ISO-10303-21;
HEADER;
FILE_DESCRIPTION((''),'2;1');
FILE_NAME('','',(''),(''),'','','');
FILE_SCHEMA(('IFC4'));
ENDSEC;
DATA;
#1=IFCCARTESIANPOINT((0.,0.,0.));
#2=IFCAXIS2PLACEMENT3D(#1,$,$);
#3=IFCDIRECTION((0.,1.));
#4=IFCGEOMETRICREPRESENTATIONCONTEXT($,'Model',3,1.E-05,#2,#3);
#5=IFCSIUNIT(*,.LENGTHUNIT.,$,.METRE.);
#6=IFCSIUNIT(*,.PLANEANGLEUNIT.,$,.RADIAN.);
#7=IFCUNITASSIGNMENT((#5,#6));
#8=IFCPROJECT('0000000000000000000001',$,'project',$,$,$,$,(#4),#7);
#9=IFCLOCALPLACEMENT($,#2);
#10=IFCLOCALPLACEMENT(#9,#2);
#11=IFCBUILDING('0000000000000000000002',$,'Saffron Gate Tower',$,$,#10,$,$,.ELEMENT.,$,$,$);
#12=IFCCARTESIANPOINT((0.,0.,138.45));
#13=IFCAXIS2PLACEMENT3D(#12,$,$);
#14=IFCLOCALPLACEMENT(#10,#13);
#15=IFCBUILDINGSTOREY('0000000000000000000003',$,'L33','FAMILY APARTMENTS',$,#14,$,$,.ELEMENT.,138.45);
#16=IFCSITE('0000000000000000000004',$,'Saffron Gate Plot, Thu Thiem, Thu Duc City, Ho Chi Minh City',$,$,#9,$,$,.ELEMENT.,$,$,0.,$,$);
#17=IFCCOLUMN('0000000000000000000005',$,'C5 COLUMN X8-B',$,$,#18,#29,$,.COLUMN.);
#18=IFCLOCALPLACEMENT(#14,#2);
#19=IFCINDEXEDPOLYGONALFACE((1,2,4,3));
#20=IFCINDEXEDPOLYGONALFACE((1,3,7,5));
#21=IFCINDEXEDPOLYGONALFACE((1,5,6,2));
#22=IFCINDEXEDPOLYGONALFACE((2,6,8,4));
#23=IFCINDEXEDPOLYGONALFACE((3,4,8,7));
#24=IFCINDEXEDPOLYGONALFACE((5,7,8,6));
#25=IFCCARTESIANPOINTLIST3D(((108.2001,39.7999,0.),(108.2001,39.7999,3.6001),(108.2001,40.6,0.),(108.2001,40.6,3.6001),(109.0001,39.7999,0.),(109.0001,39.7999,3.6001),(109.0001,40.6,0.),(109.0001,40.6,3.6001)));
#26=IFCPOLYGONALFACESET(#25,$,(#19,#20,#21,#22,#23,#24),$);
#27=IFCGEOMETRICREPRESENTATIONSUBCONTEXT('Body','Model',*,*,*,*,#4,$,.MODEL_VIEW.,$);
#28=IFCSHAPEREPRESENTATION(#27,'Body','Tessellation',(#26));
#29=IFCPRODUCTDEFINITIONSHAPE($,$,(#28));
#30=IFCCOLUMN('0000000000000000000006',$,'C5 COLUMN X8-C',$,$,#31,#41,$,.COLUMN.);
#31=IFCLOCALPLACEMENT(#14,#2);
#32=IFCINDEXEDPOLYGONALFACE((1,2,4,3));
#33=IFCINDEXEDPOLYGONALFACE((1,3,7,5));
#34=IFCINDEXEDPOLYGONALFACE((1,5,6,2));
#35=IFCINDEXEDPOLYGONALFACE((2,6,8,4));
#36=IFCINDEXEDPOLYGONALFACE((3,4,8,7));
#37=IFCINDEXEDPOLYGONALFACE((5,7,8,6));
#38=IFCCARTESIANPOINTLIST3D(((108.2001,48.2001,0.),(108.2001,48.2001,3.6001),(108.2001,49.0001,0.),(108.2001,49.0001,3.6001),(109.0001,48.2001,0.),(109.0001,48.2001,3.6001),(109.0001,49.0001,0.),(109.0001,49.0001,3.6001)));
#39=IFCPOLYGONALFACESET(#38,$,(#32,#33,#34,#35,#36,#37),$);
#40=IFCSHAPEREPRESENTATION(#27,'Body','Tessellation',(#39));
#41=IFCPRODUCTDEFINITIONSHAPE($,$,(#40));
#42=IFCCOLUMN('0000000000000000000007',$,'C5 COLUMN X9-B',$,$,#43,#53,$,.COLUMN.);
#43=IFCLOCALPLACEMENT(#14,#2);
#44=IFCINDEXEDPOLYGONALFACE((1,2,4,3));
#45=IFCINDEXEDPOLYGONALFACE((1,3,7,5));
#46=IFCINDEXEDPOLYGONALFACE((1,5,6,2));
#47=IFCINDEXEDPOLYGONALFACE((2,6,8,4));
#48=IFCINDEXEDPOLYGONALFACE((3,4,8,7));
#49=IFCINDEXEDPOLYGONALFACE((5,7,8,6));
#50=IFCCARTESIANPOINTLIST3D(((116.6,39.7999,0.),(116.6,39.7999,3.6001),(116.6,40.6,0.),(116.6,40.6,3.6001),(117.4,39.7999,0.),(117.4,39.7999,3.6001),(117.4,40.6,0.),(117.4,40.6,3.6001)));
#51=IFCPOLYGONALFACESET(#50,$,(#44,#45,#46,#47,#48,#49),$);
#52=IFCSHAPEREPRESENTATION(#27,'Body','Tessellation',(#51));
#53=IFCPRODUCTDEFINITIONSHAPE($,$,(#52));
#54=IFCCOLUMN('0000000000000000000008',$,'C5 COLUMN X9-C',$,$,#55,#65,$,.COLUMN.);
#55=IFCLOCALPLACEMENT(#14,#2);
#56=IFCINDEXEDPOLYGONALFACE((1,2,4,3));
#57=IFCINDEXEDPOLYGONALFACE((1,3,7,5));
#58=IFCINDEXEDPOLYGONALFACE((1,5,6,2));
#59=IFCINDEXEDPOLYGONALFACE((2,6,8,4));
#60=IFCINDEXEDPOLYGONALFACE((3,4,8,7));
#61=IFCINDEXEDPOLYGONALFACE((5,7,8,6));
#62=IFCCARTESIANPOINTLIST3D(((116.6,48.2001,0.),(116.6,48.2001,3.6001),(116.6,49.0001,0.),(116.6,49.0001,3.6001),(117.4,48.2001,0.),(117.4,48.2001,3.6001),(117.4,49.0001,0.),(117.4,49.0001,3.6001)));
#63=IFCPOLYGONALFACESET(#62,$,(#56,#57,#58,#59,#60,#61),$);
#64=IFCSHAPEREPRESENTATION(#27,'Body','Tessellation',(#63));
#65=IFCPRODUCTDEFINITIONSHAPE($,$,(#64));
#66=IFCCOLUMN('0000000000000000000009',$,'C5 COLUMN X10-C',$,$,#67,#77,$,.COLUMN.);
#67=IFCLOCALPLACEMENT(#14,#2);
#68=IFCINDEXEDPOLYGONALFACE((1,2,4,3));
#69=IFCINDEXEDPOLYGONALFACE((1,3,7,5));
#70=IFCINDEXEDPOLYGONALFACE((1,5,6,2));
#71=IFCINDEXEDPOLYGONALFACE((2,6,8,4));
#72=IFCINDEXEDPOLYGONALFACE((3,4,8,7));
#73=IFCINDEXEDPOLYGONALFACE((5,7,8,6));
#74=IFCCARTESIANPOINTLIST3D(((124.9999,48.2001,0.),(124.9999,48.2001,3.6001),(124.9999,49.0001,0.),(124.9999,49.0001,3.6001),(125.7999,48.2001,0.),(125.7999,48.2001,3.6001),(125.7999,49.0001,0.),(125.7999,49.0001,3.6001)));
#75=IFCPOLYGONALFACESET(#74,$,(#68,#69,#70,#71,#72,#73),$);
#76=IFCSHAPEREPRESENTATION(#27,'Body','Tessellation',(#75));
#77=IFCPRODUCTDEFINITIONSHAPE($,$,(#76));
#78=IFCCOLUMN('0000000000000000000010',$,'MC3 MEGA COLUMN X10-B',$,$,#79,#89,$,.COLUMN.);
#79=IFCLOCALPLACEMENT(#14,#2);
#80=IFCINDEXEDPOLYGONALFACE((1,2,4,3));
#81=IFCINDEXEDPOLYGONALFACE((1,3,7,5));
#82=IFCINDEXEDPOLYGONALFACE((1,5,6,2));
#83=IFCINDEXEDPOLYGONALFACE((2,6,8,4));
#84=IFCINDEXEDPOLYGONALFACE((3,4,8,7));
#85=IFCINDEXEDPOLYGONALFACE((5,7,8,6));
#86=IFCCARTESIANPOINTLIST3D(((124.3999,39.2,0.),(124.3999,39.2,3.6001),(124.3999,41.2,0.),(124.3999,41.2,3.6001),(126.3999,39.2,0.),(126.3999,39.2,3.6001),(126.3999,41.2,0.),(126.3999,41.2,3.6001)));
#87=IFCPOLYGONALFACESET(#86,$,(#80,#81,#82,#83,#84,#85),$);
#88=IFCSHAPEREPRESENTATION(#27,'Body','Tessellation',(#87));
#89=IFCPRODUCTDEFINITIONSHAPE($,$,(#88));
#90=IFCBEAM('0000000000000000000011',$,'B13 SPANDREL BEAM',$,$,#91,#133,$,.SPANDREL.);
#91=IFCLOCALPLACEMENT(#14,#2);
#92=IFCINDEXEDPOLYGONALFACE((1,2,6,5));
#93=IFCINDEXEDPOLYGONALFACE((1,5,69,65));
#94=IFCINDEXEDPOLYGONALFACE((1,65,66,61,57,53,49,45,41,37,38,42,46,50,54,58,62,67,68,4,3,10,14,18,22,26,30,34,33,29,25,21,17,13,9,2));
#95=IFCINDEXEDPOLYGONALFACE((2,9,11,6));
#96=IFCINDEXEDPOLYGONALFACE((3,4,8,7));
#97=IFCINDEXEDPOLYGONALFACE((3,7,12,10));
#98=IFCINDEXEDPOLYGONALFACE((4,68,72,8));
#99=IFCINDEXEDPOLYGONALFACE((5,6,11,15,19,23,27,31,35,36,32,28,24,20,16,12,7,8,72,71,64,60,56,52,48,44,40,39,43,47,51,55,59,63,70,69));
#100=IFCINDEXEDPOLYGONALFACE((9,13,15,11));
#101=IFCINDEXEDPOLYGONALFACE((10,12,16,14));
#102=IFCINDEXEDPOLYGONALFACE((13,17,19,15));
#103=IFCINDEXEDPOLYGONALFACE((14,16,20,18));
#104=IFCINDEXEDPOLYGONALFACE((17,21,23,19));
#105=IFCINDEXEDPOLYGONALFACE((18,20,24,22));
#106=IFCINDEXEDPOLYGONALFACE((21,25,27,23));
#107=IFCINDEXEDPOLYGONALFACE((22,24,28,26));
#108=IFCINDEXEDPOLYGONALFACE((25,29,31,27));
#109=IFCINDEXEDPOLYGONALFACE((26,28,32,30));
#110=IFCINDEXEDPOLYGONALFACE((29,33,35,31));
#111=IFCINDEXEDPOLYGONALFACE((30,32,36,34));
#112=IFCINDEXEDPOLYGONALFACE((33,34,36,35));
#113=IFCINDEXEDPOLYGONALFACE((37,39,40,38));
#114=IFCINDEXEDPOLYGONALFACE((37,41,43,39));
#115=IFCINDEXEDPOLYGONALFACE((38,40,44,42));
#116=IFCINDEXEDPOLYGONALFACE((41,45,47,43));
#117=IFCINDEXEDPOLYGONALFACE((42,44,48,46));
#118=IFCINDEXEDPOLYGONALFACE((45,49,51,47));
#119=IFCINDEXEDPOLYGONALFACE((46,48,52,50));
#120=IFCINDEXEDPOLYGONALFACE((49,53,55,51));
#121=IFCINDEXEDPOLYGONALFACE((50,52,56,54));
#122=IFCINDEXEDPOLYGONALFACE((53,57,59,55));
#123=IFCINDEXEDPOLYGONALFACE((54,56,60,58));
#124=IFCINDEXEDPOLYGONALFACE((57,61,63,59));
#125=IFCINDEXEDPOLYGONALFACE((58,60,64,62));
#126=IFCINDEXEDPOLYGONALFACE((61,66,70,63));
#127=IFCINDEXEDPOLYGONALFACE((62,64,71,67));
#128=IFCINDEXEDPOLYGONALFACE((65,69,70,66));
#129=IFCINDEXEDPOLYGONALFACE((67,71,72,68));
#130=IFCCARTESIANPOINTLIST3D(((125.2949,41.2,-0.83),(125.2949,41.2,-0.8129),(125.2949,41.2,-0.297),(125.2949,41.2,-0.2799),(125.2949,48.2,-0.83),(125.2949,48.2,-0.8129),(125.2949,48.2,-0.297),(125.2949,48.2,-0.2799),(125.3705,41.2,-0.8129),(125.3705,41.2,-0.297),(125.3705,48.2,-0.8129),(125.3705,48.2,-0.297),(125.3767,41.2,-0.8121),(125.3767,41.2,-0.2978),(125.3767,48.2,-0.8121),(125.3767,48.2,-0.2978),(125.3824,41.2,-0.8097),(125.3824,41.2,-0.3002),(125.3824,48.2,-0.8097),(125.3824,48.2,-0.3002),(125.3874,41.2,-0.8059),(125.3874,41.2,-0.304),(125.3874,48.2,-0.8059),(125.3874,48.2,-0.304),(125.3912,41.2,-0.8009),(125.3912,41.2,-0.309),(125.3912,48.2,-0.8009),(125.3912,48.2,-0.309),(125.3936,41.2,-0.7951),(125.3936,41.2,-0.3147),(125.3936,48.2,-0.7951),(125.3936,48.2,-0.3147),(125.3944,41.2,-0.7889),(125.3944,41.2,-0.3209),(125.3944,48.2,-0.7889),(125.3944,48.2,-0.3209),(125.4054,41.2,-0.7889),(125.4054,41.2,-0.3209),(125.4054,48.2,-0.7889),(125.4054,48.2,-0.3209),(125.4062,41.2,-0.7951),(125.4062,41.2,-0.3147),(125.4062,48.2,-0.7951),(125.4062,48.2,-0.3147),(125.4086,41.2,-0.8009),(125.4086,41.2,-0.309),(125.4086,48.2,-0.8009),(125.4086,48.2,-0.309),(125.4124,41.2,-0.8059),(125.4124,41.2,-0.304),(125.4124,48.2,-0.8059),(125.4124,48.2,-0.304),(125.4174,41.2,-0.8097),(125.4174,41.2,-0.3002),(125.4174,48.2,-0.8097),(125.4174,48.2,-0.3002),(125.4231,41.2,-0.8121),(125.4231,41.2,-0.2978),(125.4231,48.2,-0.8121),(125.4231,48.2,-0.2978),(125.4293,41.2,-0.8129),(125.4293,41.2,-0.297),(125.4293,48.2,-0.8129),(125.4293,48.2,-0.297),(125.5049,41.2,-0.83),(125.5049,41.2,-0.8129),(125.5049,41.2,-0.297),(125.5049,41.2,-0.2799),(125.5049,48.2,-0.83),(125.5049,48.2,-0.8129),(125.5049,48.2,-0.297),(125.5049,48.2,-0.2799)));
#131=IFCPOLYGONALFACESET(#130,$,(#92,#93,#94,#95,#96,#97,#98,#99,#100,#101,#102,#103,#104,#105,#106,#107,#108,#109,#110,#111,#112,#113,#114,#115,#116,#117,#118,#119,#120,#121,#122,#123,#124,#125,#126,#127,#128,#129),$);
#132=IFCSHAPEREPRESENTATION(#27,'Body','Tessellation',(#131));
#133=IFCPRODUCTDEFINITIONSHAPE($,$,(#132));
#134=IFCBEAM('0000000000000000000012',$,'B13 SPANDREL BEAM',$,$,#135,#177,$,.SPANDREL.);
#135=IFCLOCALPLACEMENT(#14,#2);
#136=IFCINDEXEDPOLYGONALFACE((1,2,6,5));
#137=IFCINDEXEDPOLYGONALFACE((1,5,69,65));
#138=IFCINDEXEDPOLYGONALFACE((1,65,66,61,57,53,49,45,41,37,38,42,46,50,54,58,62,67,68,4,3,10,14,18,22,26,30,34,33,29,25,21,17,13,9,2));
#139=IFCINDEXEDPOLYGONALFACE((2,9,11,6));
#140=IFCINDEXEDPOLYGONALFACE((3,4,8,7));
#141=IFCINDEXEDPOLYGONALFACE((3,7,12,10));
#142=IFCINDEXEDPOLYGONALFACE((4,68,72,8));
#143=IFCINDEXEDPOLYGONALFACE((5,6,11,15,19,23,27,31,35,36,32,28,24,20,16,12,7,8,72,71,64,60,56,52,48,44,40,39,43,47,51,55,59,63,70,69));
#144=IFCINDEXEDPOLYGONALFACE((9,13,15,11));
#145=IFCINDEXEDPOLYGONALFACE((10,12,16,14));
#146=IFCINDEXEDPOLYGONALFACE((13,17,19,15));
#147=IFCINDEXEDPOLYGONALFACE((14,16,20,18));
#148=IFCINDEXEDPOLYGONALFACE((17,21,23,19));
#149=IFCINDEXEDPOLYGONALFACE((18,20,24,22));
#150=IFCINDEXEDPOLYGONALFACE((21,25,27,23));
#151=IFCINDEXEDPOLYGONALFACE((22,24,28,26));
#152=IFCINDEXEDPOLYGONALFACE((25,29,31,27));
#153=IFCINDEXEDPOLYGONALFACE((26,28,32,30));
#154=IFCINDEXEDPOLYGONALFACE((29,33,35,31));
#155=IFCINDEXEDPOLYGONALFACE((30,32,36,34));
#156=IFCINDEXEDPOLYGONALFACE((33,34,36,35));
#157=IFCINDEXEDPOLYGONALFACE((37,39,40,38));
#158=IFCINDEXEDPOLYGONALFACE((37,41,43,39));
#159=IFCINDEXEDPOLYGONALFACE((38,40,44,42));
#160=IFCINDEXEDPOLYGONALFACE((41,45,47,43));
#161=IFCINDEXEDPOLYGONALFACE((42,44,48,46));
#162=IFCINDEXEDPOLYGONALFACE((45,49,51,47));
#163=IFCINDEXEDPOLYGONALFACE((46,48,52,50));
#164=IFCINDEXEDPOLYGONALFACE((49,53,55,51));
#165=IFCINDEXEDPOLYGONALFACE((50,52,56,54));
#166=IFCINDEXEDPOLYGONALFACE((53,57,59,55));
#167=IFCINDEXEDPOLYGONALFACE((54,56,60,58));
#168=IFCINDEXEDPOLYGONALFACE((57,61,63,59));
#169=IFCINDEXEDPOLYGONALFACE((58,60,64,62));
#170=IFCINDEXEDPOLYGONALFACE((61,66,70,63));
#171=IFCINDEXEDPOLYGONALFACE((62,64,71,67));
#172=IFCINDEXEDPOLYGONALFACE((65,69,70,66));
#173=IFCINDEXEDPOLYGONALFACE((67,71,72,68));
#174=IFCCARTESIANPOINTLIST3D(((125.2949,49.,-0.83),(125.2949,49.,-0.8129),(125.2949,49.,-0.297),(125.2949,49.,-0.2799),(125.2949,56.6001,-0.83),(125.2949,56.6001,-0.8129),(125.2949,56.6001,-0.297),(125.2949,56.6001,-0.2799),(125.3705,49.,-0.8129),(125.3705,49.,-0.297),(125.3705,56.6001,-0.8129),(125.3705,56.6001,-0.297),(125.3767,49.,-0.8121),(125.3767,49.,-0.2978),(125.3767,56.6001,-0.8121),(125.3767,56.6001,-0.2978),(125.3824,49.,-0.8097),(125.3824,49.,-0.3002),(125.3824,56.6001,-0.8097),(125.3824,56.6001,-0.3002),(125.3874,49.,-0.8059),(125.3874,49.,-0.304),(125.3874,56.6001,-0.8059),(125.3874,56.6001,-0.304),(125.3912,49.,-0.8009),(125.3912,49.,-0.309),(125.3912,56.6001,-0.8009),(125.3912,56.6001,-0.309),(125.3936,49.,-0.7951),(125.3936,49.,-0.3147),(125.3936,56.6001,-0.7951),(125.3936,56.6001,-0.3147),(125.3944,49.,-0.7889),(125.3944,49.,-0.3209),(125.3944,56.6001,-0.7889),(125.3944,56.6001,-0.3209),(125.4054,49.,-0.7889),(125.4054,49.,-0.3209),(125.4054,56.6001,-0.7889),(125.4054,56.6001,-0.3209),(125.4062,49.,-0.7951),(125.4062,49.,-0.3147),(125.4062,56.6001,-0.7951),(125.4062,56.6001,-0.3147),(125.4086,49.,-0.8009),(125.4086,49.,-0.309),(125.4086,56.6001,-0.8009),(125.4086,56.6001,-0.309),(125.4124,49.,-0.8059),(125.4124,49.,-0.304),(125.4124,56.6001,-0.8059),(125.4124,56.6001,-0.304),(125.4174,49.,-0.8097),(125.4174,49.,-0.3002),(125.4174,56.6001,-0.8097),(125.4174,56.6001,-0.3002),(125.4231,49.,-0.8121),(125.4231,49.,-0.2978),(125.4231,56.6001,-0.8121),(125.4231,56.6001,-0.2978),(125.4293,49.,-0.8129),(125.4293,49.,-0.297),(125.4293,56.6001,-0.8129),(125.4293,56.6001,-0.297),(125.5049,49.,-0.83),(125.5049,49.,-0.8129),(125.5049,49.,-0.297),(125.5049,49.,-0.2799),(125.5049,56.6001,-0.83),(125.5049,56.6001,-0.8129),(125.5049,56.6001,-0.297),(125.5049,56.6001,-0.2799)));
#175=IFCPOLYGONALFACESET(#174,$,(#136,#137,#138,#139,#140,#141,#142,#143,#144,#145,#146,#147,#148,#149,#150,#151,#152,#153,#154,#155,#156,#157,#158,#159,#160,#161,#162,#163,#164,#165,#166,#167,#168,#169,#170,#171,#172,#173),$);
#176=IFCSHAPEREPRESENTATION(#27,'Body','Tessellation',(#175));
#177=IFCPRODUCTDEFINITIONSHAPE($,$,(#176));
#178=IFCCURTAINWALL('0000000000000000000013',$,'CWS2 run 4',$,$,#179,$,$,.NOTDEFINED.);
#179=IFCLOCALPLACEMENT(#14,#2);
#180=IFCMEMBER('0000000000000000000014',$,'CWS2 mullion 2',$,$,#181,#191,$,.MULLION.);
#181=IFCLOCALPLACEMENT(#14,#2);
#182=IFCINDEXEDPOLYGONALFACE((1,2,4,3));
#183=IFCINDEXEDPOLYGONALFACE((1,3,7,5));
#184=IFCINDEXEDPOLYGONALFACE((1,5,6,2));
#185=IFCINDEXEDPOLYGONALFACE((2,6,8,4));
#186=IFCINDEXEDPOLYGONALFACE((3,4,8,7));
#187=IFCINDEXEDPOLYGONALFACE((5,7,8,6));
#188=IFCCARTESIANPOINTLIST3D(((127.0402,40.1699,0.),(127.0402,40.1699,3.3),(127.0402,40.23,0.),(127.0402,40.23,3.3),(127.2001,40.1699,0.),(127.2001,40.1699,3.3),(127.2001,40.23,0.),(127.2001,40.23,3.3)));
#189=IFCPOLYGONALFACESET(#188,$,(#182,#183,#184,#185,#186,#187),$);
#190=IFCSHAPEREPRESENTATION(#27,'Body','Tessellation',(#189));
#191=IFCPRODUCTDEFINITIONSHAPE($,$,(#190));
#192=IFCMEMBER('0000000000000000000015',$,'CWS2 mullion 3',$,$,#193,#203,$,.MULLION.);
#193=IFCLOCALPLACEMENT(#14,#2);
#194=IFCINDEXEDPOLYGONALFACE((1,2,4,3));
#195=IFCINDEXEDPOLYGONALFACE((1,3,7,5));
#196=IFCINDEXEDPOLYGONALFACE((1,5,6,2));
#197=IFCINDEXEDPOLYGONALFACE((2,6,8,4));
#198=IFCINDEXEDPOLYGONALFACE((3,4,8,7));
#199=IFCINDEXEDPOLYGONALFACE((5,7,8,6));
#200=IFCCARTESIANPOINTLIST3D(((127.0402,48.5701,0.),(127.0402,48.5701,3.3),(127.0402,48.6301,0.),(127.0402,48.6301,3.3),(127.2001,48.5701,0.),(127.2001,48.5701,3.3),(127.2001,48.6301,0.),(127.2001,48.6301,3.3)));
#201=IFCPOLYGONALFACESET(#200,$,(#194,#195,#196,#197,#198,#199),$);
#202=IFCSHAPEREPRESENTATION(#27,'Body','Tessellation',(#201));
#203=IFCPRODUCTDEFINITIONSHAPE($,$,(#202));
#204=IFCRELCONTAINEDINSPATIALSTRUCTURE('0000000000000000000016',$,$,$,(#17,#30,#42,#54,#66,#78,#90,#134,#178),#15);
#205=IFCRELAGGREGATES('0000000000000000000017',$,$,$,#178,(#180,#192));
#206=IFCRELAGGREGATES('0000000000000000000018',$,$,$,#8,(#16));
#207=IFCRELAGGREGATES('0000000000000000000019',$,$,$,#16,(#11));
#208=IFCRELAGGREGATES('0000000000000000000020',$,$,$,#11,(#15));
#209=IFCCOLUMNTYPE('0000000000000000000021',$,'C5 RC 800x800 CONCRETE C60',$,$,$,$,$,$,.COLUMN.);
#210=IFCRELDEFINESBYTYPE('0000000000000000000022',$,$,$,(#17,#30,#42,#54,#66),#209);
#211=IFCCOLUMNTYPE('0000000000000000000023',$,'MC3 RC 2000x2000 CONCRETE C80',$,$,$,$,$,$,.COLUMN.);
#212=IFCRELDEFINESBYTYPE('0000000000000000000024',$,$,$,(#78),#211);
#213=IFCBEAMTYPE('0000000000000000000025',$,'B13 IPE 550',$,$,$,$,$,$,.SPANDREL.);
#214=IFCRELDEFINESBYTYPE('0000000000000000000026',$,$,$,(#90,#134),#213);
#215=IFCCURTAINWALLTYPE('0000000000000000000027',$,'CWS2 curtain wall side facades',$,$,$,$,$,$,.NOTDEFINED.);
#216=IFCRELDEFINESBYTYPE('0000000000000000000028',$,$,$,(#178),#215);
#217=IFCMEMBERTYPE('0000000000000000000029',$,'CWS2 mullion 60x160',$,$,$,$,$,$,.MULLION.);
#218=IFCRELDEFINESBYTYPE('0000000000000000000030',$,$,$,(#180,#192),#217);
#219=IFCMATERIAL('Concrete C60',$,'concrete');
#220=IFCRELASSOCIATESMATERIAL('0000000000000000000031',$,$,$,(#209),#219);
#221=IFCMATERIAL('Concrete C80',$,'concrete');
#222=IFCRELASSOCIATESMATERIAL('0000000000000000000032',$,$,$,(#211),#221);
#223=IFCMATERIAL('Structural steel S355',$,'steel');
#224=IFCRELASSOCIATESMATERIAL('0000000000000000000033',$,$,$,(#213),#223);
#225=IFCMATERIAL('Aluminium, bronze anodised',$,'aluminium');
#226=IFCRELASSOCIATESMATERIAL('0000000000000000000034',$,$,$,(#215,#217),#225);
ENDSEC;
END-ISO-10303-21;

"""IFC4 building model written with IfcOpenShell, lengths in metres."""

from ifc_helpers import new_model, si_unit, direction, frame, origin, origin_2d, place, context, subcontext, project, spatial, rectangle, i_section, extrude, material, material_profile, profile_set, type_object, element, aggregate, save


model = new_model("IFC4")

# Units and contexts
model_context = context("Model", 3, precision=1e-05, world=origin(), true_north=direction((0.0, 1.0)))
body_context = subcontext(model_context, "Body", "Model", "MODEL_VIEW")
ifc_project = project(units=[si_unit("LENGTHUNIT", "METRE"), si_unit("PLANEANGLEUNIT", "RADIAN")], contexts=[model_context])

# Site, building, storey
site_placement = place(None, origin())
site = spatial("IfcSite", under=ifc_project, at=site_placement, Name="Saffron Gate Plot, Thu Thiem, Thu Duc City, Ho Chi Minh City", CompositionType="ELEMENT", RefElevation=0.0)
building_placement = place(site_placement, origin())
building = spatial("IfcBuilding", under=site, at=building_placement, Name="Saffron Gate Tower", CompositionType="ELEMENT")
storey_placement = place(building_placement, frame((0.0, 0.0, 138.45)))
storey = spatial("IfcBuildingStorey", under=building, at=storey_placement, Name="L33", Description="FAMILY APARTMENTS", CompositionType="ELEMENT", Elevation=138.45)

# Columns
ifc_material_1 = material(Name="Concrete C60", Category="concrete")
ifc_material_profile_1 = material_profile(ifc_material_1, rectangle(XDim=0.8, YDim=0.8, at=origin_2d()))
ifc_profile_set_1 = profile_set([ifc_material_profile_1], Name="Concrete C60")
column_type_1 = type_object("IfcColumnType", Name="C5 RC 800x800 CONCRETE C60", PredefinedType="COLUMN", material=ifc_profile_set_1)
for number, where, z_axis, x_axis, name in (
    (1, (108.6001, 40.2, 0.0), (0.0, 0.0, 1.0), (1.0, 0.0, 0.0), "C5 COLUMN X8-B"),
    (2, (108.6001, 48.6001, 0.0), (0.0, 0.0, 1.0), (1.0, 0.0, 0.0), "C5 COLUMN X8-C"),
    (3, (117.0, 40.2, 0.0), (0.0, 0.0, 1.0), (1.0, 0.0, 0.0), "C5 COLUMN X9-B"),
    (4, (117.0, 48.6001, 0.0), (0.0, 0.0, 1.0), (1.0, 0.0, 0.0), "C5 COLUMN X9-C"),
    (5, (125.3999, 48.6001, 0.0), (0.0, 0.0, 1.0), (1.0, 0.0, 0.0), "C5 COLUMN X10-C"),
):
    element("IfcColumn", number, at=place(storey_placement, frame(where, z_axis=z_axis, x_axis=x_axis)), inside=storey, type_object=column_type_1, Name=name, PredefinedType="COLUMN", context=body_context, shape_type="SweptSolid", body=[
        extrude(rectangle(XDim=0.8, YDim=0.8, at=origin_2d()), origin(), (0.0, 0.0, 1.0), 3.6001),
    ])
ifc_material_2 = material(Name="Concrete C80", Category="concrete")
ifc_material_profile_2 = material_profile(ifc_material_2, rectangle(XDim=2.0, YDim=2.0, at=origin_2d()))
ifc_profile_set_2 = profile_set([ifc_material_profile_2], Name="Concrete C80")
column_type_2 = type_object("IfcColumnType", Name="MC3 RC 2000x2000 CONCRETE C80", PredefinedType="COLUMN", material=ifc_profile_set_2)
column_placement = place(storey_placement, frame((125.3999, 40.2, 0.0), z_axis=(0.0, 0.0, 1.0), x_axis=(1.0, 0.0, 0.0)))
element("IfcColumn", 6, at=column_placement, inside=storey, type_object=column_type_2, Name="MC3 MEGA COLUMN X10-B", PredefinedType="COLUMN", context=body_context, shape_type="SweptSolid", body=[
    extrude(rectangle(XDim=2.0, YDim=2.0, at=origin_2d()), origin(), (0.0, 0.0, 1.0), 3.6001),
])

# Beams
ifc_material_3 = material(Name="Structural steel S355", Category="steel")
ifc_material_profile_3 = material_profile(ifc_material_3, i_section(OverallWidth=0.21, OverallDepth=0.55, WebThickness=0.011, FlangeThickness=0.0171, FilletRadius=0.0239, at=origin_2d()))
ifc_profile_set_3 = profile_set([ifc_material_profile_3], Name="Structural steel S355")
beam_type = type_object("IfcBeamType", Name="B13 IPE 550", PredefinedType="SPANDREL", material=ifc_profile_set_3)
beam_1_placement = place(storey_placement, frame((125.3999, 41.2, -0.5549), z_axis=(0.0, 1.0, 0.0), x_axis=(-1.0, 0.0, 0.0)))
element("IfcBeam", 7, at=beam_1_placement, inside=storey, type_object=beam_type, Name="B13 SPANDREL BEAM", PredefinedType="SPANDREL", context=body_context, shape_type="SweptSolid", body=[
    extrude(i_section(OverallWidth=0.21, OverallDepth=0.55, WebThickness=0.011, FlangeThickness=0.0171, FilletRadius=0.0239, at=origin_2d()), origin(), (0.0, 0.0, 1.0), 7.0),
])
beam_2_placement = place(storey_placement, frame((125.3999, 49.0, -0.5549), z_axis=(0.0, 1.0, 0.0), x_axis=(-1.0, 0.0, 0.0)))
element("IfcBeam", 8, at=beam_2_placement, inside=storey, type_object=beam_type, Name="B13 SPANDREL BEAM", PredefinedType="SPANDREL", context=body_context, shape_type="SweptSolid", body=[
    extrude(i_section(OverallWidth=0.21, OverallDepth=0.55, WebThickness=0.011, FlangeThickness=0.0171, FilletRadius=0.0239, at=origin_2d()), origin(), (0.0, 0.0, 1.0), 7.6001),
])

# Curtain wall, members
ifc_material_4 = material(Name="Aluminium, bronze anodised", Category="aluminium")
curtain_wall_type = type_object("IfcCurtainWallType", Name="CWS2 curtain wall side facades", PredefinedType="NOTDEFINED", material=ifc_material_4)
curtain_wall_placement = place(storey_placement, origin())
curtain_wall = element("IfcCurtainWall", 9, at=curtain_wall_placement, inside=storey, type_object=curtain_wall_type, Name="CWS2 run 4", PredefinedType="NOTDEFINED")
ifc_material_profile_4 = material_profile(ifc_material_4, rectangle(XDim=0.1599, YDim=0.0601, at=origin_2d()))
ifc_profile_set_4 = profile_set([ifc_material_profile_4], Name="Aluminium, bronze anodised")
member_type = type_object("IfcMemberType", Name="CWS2 mullion 60x160", PredefinedType="MULLION", material=ifc_profile_set_4)
member_1_placement = place(storey_placement, frame((127.1201, 40.2, 0.0), z_axis=(0.0, 0.0, 1.0), x_axis=(-1.0, 0.0, 0.0)))
member_1 = element("IfcMember", 10, at=member_1_placement, type_object=member_type, Name="CWS2 mullion 2", PredefinedType="MULLION", context=body_context, shape_type="SweptSolid", body=[
    extrude(rectangle(XDim=0.1599, YDim=0.0601, at=origin_2d()), origin(), (0.0, 0.0, 1.0), 3.3),
])
member_2_placement = place(storey_placement, frame((127.1201, 48.6001, 0.0), z_axis=(0.0, 0.0, 1.0), x_axis=(-1.0, 0.0, 0.0)))
member_2 = element("IfcMember", 11, at=member_2_placement, type_object=member_type, Name="CWS2 mullion 3", PredefinedType="MULLION", context=body_context, shape_type="SweptSolid", body=[
    extrude(rectangle(XDim=0.1599, YDim=0.0601, at=origin_2d()), origin(), (0.0, 0.0, 1.0), 3.3),
])
aggregate(curtain_wall, [member_1, member_2])

save(model, "model.ifc")
